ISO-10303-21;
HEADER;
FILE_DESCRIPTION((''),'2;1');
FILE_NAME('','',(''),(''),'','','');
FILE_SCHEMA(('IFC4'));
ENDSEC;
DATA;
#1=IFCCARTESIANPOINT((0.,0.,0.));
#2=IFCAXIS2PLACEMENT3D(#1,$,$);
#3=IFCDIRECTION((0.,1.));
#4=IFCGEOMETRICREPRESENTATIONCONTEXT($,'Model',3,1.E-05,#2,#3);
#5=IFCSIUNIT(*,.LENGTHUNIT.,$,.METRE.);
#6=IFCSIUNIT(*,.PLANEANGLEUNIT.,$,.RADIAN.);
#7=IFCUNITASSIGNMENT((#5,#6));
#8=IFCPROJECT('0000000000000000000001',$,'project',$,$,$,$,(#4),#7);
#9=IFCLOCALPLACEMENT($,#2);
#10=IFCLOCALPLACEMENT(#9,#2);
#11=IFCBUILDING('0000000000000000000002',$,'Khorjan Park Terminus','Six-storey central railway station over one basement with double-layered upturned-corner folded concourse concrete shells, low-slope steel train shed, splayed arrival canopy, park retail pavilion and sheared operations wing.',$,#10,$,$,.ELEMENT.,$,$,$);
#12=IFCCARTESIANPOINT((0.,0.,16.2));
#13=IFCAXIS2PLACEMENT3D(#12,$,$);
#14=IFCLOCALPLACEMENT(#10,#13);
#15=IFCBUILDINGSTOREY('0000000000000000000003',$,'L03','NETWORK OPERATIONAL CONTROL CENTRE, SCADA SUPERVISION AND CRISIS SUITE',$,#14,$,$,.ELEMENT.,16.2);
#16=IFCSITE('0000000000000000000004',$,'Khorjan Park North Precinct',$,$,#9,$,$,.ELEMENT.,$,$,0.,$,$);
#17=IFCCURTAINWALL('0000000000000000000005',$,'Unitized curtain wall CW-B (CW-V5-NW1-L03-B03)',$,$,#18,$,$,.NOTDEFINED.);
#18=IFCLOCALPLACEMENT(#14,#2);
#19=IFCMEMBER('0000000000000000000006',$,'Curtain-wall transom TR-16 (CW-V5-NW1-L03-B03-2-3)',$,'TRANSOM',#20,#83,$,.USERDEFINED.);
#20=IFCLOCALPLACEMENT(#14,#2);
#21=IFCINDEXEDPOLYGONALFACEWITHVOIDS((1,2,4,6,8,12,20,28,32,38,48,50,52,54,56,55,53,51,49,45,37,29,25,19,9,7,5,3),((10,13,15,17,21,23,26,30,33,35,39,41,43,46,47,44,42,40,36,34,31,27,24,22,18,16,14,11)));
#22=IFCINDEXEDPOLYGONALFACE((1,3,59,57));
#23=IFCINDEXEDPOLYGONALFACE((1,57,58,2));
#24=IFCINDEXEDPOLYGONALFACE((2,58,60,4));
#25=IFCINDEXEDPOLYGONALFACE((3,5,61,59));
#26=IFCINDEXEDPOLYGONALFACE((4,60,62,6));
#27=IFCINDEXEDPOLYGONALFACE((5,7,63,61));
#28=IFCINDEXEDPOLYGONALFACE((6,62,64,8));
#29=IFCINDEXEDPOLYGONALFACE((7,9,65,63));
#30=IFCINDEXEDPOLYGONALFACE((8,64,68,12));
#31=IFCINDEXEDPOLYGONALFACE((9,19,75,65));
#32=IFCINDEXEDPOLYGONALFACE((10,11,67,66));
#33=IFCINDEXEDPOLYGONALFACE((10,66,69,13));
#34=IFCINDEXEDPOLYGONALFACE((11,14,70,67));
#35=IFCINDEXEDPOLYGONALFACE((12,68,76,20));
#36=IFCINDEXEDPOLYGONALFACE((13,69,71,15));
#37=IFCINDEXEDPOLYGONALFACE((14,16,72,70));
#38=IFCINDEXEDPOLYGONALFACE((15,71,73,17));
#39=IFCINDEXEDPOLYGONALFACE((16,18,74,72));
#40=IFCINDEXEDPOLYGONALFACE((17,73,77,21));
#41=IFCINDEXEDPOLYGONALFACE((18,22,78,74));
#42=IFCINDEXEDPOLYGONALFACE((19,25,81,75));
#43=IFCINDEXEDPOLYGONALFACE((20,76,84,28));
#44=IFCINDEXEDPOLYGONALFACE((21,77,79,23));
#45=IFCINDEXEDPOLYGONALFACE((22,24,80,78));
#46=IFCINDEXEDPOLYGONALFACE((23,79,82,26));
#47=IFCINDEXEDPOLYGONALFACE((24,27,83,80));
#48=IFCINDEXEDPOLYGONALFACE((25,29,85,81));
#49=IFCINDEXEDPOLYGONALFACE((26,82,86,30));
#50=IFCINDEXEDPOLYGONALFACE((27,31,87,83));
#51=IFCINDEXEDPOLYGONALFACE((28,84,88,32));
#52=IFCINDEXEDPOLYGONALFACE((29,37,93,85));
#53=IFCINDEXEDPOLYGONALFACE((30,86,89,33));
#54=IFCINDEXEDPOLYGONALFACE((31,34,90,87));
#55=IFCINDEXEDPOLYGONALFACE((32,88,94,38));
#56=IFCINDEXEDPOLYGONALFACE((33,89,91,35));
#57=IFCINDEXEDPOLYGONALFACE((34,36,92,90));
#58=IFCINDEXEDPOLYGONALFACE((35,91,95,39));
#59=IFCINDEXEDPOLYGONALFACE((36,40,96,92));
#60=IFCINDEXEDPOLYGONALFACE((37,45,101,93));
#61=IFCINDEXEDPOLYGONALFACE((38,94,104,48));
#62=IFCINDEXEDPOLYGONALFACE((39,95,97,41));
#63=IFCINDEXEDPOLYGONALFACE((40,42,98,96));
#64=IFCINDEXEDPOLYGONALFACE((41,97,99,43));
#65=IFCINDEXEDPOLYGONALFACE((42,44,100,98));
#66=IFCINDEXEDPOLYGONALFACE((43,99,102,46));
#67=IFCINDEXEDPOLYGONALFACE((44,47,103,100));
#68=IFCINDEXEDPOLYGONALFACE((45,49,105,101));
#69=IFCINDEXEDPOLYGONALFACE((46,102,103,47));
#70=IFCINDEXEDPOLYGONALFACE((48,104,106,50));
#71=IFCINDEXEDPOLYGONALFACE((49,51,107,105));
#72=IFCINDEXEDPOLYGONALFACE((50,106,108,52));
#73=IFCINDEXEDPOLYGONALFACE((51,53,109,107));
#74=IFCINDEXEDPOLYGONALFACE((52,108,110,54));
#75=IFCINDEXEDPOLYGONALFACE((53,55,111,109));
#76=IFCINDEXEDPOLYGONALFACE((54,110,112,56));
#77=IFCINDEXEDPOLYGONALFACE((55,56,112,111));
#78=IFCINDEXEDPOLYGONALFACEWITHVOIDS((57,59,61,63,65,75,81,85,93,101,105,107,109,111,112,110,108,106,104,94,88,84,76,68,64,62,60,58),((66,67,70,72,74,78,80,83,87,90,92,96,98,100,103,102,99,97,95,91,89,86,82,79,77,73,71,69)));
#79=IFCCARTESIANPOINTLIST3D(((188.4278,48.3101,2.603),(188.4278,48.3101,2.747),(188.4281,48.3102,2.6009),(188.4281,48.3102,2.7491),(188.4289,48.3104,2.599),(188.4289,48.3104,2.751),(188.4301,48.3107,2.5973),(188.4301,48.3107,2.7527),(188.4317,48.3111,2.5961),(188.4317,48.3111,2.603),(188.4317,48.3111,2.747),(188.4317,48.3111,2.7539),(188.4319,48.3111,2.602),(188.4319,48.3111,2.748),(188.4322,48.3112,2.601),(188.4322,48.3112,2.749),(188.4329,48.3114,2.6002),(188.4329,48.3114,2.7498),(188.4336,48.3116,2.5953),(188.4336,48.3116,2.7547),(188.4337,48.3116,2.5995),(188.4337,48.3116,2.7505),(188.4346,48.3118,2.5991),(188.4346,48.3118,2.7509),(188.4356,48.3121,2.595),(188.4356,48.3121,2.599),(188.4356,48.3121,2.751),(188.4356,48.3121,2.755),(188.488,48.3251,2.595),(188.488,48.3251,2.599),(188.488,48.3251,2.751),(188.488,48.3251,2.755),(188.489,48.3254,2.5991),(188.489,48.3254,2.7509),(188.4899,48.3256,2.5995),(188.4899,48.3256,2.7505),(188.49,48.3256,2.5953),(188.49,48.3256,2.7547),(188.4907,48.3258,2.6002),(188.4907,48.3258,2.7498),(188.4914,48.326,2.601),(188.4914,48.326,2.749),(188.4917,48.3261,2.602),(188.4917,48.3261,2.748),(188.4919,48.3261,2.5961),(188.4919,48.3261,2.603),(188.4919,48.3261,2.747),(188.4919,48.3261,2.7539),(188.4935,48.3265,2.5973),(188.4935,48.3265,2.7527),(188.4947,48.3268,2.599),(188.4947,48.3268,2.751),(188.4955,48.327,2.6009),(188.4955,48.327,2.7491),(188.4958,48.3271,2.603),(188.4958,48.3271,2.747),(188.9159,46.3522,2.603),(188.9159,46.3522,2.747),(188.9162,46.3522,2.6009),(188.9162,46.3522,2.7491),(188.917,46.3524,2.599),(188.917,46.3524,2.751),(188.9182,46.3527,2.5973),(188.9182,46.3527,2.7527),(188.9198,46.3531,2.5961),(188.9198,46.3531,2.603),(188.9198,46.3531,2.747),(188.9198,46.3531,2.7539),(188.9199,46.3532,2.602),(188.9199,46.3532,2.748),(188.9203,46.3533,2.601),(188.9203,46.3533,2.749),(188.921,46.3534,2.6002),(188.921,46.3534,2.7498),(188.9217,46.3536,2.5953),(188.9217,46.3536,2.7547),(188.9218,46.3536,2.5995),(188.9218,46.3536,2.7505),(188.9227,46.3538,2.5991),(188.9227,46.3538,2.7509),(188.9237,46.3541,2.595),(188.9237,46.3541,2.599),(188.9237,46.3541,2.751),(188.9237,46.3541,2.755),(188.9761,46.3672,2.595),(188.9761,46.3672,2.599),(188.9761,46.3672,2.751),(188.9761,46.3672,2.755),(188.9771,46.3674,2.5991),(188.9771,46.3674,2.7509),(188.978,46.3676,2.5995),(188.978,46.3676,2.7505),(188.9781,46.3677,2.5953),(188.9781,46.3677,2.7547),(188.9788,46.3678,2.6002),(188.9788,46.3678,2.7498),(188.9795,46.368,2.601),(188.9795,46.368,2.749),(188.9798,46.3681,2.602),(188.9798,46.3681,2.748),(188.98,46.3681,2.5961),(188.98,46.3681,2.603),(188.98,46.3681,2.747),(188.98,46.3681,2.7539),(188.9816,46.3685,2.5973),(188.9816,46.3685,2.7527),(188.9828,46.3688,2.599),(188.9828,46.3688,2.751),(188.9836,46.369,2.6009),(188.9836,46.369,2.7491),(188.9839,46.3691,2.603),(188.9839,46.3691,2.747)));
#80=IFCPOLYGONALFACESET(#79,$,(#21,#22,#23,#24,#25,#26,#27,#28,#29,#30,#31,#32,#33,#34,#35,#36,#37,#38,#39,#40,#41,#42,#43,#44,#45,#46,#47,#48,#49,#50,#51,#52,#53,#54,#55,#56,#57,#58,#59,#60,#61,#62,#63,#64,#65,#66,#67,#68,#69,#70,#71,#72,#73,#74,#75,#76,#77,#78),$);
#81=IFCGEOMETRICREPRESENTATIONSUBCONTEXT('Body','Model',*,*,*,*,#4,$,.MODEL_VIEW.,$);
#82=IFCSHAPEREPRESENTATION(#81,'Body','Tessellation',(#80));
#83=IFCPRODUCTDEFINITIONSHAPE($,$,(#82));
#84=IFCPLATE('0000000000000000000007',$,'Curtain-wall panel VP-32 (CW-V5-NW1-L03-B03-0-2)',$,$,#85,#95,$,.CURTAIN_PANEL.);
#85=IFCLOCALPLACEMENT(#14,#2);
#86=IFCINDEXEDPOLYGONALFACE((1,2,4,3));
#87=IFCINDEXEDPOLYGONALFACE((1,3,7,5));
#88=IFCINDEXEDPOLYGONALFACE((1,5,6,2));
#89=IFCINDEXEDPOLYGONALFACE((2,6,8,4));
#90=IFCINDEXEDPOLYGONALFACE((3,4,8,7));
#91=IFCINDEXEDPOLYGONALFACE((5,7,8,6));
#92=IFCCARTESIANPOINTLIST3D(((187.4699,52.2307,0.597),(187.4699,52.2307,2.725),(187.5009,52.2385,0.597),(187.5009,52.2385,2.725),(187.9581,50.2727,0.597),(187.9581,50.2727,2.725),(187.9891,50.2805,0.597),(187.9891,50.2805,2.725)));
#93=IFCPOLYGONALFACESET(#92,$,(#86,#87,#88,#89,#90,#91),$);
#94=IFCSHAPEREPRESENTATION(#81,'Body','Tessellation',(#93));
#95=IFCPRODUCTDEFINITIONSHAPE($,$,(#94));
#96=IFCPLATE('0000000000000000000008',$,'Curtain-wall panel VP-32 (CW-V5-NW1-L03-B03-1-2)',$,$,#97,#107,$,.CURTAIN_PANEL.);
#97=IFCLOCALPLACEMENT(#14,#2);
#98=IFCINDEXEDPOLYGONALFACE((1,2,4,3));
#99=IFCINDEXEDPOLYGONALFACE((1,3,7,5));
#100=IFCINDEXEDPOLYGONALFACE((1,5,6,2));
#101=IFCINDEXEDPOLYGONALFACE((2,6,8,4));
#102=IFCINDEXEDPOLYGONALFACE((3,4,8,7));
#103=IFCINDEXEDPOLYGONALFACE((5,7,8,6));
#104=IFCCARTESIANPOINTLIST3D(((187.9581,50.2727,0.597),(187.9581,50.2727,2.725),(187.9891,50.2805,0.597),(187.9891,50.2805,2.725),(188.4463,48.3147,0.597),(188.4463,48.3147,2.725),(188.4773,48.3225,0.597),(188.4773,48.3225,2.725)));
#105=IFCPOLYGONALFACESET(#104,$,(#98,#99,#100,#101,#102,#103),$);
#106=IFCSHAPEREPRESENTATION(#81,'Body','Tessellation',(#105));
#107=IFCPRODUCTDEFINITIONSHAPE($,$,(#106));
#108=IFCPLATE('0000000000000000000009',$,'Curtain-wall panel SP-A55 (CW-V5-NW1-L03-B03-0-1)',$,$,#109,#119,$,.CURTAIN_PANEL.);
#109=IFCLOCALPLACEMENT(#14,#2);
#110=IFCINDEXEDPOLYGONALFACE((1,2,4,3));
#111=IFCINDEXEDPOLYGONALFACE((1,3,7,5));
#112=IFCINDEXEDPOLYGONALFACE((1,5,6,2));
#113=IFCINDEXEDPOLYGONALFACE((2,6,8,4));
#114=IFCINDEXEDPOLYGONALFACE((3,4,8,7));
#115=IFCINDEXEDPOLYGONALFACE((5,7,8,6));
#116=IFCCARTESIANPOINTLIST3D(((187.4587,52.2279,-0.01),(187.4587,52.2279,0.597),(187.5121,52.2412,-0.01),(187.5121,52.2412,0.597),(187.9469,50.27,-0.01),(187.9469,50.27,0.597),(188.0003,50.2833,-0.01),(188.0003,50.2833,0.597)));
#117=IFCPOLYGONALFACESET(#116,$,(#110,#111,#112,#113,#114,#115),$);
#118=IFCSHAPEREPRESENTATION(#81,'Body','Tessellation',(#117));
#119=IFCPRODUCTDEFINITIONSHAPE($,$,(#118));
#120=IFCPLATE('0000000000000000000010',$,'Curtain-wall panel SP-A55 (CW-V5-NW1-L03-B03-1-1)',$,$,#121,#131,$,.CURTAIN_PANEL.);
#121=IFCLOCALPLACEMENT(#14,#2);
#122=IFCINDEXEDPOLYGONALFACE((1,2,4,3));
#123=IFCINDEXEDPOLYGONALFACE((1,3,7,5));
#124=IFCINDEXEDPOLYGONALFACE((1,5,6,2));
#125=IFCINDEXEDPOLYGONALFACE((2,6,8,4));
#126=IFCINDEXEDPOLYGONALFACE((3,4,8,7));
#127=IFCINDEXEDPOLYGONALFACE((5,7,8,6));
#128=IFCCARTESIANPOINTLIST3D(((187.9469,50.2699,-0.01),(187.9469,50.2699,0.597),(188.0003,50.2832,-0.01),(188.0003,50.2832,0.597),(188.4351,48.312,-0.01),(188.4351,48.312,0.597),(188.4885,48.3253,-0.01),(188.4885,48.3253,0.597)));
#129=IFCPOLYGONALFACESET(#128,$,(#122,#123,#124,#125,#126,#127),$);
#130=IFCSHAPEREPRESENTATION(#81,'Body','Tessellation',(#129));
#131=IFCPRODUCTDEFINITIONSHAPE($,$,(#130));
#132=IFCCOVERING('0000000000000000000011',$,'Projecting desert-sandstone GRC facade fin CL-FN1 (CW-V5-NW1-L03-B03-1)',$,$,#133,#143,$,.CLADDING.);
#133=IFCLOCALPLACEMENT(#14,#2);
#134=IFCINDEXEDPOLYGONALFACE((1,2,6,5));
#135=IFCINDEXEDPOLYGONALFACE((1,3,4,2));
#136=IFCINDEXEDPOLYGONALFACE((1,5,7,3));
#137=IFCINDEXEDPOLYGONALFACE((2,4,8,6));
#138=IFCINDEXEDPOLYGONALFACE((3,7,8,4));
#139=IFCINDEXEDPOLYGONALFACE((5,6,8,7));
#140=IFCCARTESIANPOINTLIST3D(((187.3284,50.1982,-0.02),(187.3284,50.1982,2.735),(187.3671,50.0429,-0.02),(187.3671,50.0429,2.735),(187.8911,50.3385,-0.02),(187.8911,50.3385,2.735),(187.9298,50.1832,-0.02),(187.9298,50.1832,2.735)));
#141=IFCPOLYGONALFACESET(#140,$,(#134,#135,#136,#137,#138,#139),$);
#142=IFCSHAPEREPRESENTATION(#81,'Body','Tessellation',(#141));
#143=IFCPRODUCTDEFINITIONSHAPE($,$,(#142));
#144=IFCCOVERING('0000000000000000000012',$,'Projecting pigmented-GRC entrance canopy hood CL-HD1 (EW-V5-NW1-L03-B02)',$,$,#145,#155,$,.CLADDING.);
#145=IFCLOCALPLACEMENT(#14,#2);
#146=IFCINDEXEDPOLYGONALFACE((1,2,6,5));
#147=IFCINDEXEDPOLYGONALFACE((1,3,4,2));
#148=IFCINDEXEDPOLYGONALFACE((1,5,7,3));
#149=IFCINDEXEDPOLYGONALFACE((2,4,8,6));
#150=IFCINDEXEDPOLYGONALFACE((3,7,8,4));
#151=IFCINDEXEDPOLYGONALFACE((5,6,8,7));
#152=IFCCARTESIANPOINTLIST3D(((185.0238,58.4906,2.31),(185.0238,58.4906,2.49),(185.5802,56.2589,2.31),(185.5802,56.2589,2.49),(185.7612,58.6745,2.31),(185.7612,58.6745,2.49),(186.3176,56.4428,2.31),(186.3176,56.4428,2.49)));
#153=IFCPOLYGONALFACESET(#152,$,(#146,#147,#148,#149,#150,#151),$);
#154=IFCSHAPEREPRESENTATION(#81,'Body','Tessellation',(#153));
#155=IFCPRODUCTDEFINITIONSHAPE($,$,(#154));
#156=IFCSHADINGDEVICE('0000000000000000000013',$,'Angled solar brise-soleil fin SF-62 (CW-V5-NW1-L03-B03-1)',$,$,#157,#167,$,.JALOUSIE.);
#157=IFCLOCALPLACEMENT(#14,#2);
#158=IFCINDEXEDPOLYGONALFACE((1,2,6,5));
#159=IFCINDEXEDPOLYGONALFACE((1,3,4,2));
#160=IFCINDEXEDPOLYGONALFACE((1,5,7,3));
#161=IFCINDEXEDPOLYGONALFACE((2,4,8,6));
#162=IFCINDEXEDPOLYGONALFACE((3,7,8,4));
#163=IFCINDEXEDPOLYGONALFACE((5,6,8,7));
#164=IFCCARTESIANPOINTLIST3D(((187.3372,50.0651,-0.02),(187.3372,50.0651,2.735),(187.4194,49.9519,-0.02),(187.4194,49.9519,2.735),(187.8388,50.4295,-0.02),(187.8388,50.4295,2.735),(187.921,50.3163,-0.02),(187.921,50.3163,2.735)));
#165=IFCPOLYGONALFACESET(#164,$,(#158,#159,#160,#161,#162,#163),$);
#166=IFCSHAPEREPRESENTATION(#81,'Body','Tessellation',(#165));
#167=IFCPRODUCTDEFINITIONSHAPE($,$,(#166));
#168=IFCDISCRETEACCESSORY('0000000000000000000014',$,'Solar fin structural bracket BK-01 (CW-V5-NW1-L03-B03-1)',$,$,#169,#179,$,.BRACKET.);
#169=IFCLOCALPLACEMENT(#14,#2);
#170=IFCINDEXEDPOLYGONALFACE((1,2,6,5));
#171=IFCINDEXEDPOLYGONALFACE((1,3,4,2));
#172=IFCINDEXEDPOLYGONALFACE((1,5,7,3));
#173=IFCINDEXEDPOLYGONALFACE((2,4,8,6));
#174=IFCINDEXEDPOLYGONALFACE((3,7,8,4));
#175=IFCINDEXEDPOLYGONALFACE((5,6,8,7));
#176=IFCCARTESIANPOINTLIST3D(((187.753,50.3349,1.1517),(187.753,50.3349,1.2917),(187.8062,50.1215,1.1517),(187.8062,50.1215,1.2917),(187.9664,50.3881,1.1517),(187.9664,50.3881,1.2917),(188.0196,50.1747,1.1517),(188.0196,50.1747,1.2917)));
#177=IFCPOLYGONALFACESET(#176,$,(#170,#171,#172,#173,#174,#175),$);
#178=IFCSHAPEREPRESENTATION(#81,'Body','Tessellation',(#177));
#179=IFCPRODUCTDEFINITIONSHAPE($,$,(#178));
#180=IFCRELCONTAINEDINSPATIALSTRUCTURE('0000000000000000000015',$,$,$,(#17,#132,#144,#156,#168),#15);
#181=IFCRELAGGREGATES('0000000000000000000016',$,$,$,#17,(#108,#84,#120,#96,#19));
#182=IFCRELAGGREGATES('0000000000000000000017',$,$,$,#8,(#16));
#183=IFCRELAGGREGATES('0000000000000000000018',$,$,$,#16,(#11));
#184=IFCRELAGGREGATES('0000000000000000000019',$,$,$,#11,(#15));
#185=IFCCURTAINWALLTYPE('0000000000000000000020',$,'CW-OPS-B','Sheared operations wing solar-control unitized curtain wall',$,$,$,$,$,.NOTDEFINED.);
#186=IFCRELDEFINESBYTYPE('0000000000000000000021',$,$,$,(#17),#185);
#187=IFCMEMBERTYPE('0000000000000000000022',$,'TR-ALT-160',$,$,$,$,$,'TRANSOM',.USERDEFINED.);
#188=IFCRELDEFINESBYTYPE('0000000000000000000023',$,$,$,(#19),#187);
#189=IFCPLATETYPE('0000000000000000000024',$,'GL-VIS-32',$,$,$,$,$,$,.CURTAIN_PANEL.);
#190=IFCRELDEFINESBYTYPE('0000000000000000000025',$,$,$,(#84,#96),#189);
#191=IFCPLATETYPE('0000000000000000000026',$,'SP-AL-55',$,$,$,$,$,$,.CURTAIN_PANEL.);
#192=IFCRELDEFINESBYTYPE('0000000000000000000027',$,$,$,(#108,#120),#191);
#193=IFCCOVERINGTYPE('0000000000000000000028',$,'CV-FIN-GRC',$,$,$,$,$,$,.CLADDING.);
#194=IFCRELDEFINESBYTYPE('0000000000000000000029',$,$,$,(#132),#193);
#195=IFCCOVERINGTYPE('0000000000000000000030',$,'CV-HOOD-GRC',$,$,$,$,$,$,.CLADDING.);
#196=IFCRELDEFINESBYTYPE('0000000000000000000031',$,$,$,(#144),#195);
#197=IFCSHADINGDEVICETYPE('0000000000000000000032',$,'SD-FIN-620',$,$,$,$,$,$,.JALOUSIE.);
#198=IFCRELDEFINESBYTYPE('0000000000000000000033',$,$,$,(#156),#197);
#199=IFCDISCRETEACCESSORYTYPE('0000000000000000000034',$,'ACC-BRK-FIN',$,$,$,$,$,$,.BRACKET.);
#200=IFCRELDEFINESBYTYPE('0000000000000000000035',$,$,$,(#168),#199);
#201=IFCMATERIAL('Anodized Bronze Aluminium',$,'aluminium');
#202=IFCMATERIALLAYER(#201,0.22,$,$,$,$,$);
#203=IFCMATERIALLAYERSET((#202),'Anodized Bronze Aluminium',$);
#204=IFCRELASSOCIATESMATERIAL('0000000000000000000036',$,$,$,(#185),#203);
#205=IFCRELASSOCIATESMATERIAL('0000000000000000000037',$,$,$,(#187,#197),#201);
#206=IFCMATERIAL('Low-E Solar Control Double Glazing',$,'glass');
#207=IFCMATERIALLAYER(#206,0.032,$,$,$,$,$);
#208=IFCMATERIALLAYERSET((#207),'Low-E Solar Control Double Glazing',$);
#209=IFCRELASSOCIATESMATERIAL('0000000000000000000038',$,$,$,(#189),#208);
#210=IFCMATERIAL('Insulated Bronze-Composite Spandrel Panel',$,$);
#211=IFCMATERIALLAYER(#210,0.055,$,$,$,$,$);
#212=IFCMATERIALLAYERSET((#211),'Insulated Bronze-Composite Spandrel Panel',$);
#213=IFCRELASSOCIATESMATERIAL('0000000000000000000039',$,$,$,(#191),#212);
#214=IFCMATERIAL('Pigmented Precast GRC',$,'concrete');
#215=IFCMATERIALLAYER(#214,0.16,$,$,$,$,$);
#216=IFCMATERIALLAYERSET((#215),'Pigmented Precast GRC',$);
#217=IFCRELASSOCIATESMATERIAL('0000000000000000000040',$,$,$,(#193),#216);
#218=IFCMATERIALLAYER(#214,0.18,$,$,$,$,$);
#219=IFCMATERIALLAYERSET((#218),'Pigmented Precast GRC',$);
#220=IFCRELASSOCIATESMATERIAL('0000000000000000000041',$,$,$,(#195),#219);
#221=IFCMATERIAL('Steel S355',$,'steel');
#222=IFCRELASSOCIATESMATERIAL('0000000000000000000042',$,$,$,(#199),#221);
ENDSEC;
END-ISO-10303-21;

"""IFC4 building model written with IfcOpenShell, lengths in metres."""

from ifc_helpers import new_model, si_unit, direction, frame, origin, origin_2d, place, context, subcontext, project, spatial, rectangle, hollow_rectangle, extrude, material, layer, layer_set, material_profile, profile_set, type_object, element, aggregate, save


model = new_model("IFC4")

# Units and contexts
model_context = context("Model", 3, precision=1e-05, world=origin(), true_north=direction((0.0, 1.0)))
body_context = subcontext(model_context, "Body", "Model", "MODEL_VIEW")
ifc_project = project(units=[si_unit("LENGTHUNIT", "METRE"), si_unit("PLANEANGLEUNIT", "RADIAN")], contexts=[model_context])

# Site, building, storey
site_placement = place(None, origin())
site = spatial("IfcSite", under=ifc_project, at=site_placement, Name="Khorjan Park North Precinct", CompositionType="ELEMENT", RefElevation=0.0)
building_placement = place(site_placement, origin())
building = spatial("IfcBuilding", under=site, at=building_placement, Name="Khorjan Park Terminus", Description="Six-storey central railway station over one basement with double-layered upturned-corner folded concourse concrete shells, low-slope steel train shed, splayed arrival canopy, park retail pavilion and sheared operations wing.", CompositionType="ELEMENT")
storey_placement = place(building_placement, frame((0.0, 0.0, 16.2)))
storey = spatial("IfcBuildingStorey", under=building, at=storey_placement, Name="L03", Description="NETWORK OPERATIONAL CONTROL CENTRE, SCADA SUPERVISION AND CRISIS SUITE", CompositionType="ELEMENT", Elevation=16.2)

# Shared definitions
ifc_material_1 = material(Name="Steel S355", Category="steel")

# Curtain wall, member, plates
ifc_material_2 = material(Name="Anodized Bronze Aluminium", Category="aluminium")
ifc_layer_1 = layer(ifc_material_2, 0.22)
ifc_layer_set_1 = layer_set([ifc_layer_1], Name="Anodized Bronze Aluminium")
curtain_wall_type = type_object("IfcCurtainWallType", Name="CW-OPS-B", Description="Sheared operations wing solar-control unitized curtain wall", PredefinedType="NOTDEFINED", material=ifc_layer_set_1)
curtain_wall_placement = place(storey_placement, origin())
curtain_wall = element("IfcCurtainWall", 1, at=curtain_wall_placement, inside=storey, type_object=curtain_wall_type, Name="Unitized curtain wall CW-B (CW-V5-NW1-L03-B03)", PredefinedType="NOTDEFINED")
ifc_material_profile_1 = material_profile(ifc_material_2, hollow_rectangle(XDim=0.07, YDim=0.16, WallThickness=0.004, InnerFilletRadius=0.004, OuterFilletRadius=0.008, at=origin_2d()), Name="ALT 70x160x4")
ifc_profile_set_1 = profile_set([ifc_material_profile_1], Name="Anodized Bronze Aluminium")
member_type_1 = type_object("IfcMemberType", Name="TR-ALT-160", ElementType="TRANSOM", PredefinedType="USERDEFINED", material=ifc_profile_set_1)
member_1_placement = place(storey_placement, frame((188.4618, 48.3186, 2.675), z_axis=(0.241883, -0.970306, 0.0), x_axis=(0.970306, 0.241883, 0.0)))
member_1 = element("IfcMember", 2, at=member_1_placement, type_object=member_type_1, Name="Curtain-wall transom TR-16 (CW-V5-NW1-L03-B03-2-3)", ObjectType="TRANSOM", PredefinedType="USERDEFINED", context=body_context, shape_type="SweptSolid", body=[
    extrude(hollow_rectangle(XDim=0.07, YDim=0.16, WallThickness=0.004, InnerFilletRadius=0.004, OuterFilletRadius=0.008, at=origin_2d()), origin(), (0.0, 0.0, 1.0), 2.0179),
])
ifc_material_3 = material(Name="Low-E Solar Control Double Glazing", Category="glass")
ifc_layer_2 = layer(ifc_material_3, 0.032)
ifc_layer_set_2 = layer_set([ifc_layer_2], Name="Low-E Solar Control Double Glazing")
plate_type_1 = type_object("IfcPlateType", Name="GL-VIS-32", PredefinedType="CURTAIN_PANEL", material=ifc_layer_set_2)
plate_1_placement = place(storey_placement, frame((187.7295, 51.2556, 0.597), z_axis=(0.0, 0.0, 1.0), x_axis=(0.24192, -0.970296, 0.0)))
plate_1 = element("IfcPlate", 3, at=plate_1_placement, type_object=plate_type_1, Name="Curtain-wall panel VP-32 (CW-V5-NW1-L03-B03-0-2)", PredefinedType="CURTAIN_PANEL", context=body_context, shape_type="SweptSolid", body=[
    extrude(rectangle(XDim=2.0179, YDim=0.032, at=origin_2d()), origin(), (0.0, 0.0, 1.0), 2.128),
])
plate_2_placement = place(storey_placement, frame((188.2177, 49.2976, 0.597), z_axis=(0.0, 0.0, 1.0), x_axis=(0.24192, -0.970296, 0.0)))
plate_2 = element("IfcPlate", 4, at=plate_2_placement, type_object=plate_type_1, Name="Curtain-wall panel VP-32 (CW-V5-NW1-L03-B03-1-2)", PredefinedType="CURTAIN_PANEL", context=body_context, shape_type="SweptSolid", body=[
    extrude(rectangle(XDim=2.0179, YDim=0.032, at=origin_2d()), origin(), (0.0, 0.0, 1.0), 2.128),
])
ifc_material_4 = material(Name="Insulated Bronze-Composite Spandrel Panel")
ifc_layer_3 = layer(ifc_material_4, 0.055)
ifc_layer_set_3 = layer_set([ifc_layer_3], Name="Insulated Bronze-Composite Spandrel Panel")
plate_type_2 = type_object("IfcPlateType", Name="SP-AL-55", PredefinedType="CURTAIN_PANEL", material=ifc_layer_set_3)
plate_3_placement = place(storey_placement, frame((187.7295, 51.2556, -0.01), z_axis=(0.0, 0.0, 1.0), x_axis=(0.24192, -0.970296, 0.0)))
plate_3 = element("IfcPlate", 5, at=plate_3_placement, type_object=plate_type_2, Name="Curtain-wall panel SP-A55 (CW-V5-NW1-L03-B03-0-1)", PredefinedType="CURTAIN_PANEL", context=body_context, shape_type="SweptSolid", body=[
    extrude(rectangle(XDim=2.0179, YDim=0.055, at=origin_2d()), origin(), (0.0, 0.0, 1.0), 0.607),
])
plate_4_placement = place(storey_placement, frame((188.2177, 49.2976, -0.01), z_axis=(0.0, 0.0, 1.0), x_axis=(0.24192, -0.970296, 0.0)))
plate_4 = element("IfcPlate", 6, at=plate_4_placement, type_object=plate_type_2, Name="Curtain-wall panel SP-A55 (CW-V5-NW1-L03-B03-1-1)", PredefinedType="CURTAIN_PANEL", context=body_context, shape_type="SweptSolid", body=[
    extrude(rectangle(XDim=2.0179, YDim=0.055, at=origin_2d()), origin(), (0.0, 0.0, 1.0), 0.607),
])
aggregate(curtain_wall, [plate_3, plate_1, plate_4, plate_2, member_1])

# Coverings
ifc_material_5 = material(Name="Pigmented Precast GRC", Category="concrete")
ifc_layer_4 = layer(ifc_material_5, 0.16)
ifc_layer_set_4 = layer_set([ifc_layer_4], Name="Pigmented Precast GRC")
covering_type_1 = type_object("IfcCoveringType", Name="CV-FIN-GRC", PredefinedType="CLADDING", material=ifc_layer_set_4)
covering_1_placement = place(storey_placement, frame((187.6291, 50.1907, -0.02), z_axis=(0.0, 0.0, 1.0), x_axis=(0.970296, 0.241922, 0.0)))
element("IfcCovering", 7, at=covering_1_placement, inside=storey, type_object=covering_type_1, Name="Projecting desert-sandstone GRC facade fin CL-FN1 (CW-V5-NW1-L03-B03-1)", PredefinedType="CLADDING", context=body_context, shape_type="SweptSolid", body=[
    extrude(rectangle(XDim=0.58, YDim=0.16, at=origin_2d()), origin(), (0.0, 0.0, 1.0), 2.755),
])
ifc_layer_5 = layer(ifc_material_5, 0.18)
ifc_layer_set_5 = layer_set([ifc_layer_5], Name="Pigmented Precast GRC")
covering_type_2 = type_object("IfcCoveringType", Name="CV-HOOD-GRC", PredefinedType="CLADDING", material=ifc_layer_set_5)
covering_2_placement = place(storey_placement, frame((185.6707, 57.4667, 2.31), z_axis=(0.0, 0.0, 1.0), x_axis=(0.24191, -0.970299, 0.0)))
element("IfcCovering", 8, at=covering_2_placement, inside=storey, type_object=covering_type_2, Name="Projecting pigmented-GRC entrance canopy hood CL-HD1 (EW-V5-NW1-L03-B02)", PredefinedType="CLADDING", context=body_context, shape_type="SweptSolid", body=[
    extrude(rectangle(XDim=2.3, YDim=0.76, at=origin_2d()), origin(), (0.0, 0.0, 1.0), 0.18),
])

# Shading device
shading_device_type = type_object("IfcShadingDeviceType", Name="SD-FIN-620", PredefinedType="JALOUSIE", material=ifc_material_2)
shading_device_placement = place(storey_placement, frame((187.6291, 50.1907, -0.02), z_axis=(0.0, 0.0, 1.0), x_axis=(0.809017, 0.587785, 0.0)))
element("IfcShadingDevice", 9, at=shading_device_placement, inside=storey, type_object=shading_device_type, Name="Angled solar brise-soleil fin SF-62 (CW-V5-NW1-L03-B03-1)", PredefinedType="JALOUSIE", context=body_context, shape_type="SweptSolid", body=[
    extrude(rectangle(XDim=0.62, YDim=0.14, at=origin_2d()), origin(), (0.0, 0.0, 1.0), 2.755),
])

# Discrete accessory
discrete_accessory_type = type_object("IfcDiscreteAccessoryType", Name="ACC-BRK-FIN", PredefinedType="BRACKET", material=ifc_material_1)
discrete_accessory_placement = place(storey_placement, frame((187.8863, 50.2548, 1.1517), z_axis=(0.0, 0.0, 1.0), x_axis=(0.24192, -0.970296, 0.0)))
element("IfcDiscreteAccessory", 10, at=discrete_accessory_placement, inside=storey, type_object=discrete_accessory_type, Name="Solar fin structural bracket BK-01 (CW-V5-NW1-L03-B03-1)", PredefinedType="BRACKET", context=body_context, shape_type="SweptSolid", body=[
    extrude(rectangle(XDim=0.22, YDim=0.22, at=origin_2d()), origin(), (0.0, 0.0, 1.0), 0.14),
])

save(model, "model.ifc")
